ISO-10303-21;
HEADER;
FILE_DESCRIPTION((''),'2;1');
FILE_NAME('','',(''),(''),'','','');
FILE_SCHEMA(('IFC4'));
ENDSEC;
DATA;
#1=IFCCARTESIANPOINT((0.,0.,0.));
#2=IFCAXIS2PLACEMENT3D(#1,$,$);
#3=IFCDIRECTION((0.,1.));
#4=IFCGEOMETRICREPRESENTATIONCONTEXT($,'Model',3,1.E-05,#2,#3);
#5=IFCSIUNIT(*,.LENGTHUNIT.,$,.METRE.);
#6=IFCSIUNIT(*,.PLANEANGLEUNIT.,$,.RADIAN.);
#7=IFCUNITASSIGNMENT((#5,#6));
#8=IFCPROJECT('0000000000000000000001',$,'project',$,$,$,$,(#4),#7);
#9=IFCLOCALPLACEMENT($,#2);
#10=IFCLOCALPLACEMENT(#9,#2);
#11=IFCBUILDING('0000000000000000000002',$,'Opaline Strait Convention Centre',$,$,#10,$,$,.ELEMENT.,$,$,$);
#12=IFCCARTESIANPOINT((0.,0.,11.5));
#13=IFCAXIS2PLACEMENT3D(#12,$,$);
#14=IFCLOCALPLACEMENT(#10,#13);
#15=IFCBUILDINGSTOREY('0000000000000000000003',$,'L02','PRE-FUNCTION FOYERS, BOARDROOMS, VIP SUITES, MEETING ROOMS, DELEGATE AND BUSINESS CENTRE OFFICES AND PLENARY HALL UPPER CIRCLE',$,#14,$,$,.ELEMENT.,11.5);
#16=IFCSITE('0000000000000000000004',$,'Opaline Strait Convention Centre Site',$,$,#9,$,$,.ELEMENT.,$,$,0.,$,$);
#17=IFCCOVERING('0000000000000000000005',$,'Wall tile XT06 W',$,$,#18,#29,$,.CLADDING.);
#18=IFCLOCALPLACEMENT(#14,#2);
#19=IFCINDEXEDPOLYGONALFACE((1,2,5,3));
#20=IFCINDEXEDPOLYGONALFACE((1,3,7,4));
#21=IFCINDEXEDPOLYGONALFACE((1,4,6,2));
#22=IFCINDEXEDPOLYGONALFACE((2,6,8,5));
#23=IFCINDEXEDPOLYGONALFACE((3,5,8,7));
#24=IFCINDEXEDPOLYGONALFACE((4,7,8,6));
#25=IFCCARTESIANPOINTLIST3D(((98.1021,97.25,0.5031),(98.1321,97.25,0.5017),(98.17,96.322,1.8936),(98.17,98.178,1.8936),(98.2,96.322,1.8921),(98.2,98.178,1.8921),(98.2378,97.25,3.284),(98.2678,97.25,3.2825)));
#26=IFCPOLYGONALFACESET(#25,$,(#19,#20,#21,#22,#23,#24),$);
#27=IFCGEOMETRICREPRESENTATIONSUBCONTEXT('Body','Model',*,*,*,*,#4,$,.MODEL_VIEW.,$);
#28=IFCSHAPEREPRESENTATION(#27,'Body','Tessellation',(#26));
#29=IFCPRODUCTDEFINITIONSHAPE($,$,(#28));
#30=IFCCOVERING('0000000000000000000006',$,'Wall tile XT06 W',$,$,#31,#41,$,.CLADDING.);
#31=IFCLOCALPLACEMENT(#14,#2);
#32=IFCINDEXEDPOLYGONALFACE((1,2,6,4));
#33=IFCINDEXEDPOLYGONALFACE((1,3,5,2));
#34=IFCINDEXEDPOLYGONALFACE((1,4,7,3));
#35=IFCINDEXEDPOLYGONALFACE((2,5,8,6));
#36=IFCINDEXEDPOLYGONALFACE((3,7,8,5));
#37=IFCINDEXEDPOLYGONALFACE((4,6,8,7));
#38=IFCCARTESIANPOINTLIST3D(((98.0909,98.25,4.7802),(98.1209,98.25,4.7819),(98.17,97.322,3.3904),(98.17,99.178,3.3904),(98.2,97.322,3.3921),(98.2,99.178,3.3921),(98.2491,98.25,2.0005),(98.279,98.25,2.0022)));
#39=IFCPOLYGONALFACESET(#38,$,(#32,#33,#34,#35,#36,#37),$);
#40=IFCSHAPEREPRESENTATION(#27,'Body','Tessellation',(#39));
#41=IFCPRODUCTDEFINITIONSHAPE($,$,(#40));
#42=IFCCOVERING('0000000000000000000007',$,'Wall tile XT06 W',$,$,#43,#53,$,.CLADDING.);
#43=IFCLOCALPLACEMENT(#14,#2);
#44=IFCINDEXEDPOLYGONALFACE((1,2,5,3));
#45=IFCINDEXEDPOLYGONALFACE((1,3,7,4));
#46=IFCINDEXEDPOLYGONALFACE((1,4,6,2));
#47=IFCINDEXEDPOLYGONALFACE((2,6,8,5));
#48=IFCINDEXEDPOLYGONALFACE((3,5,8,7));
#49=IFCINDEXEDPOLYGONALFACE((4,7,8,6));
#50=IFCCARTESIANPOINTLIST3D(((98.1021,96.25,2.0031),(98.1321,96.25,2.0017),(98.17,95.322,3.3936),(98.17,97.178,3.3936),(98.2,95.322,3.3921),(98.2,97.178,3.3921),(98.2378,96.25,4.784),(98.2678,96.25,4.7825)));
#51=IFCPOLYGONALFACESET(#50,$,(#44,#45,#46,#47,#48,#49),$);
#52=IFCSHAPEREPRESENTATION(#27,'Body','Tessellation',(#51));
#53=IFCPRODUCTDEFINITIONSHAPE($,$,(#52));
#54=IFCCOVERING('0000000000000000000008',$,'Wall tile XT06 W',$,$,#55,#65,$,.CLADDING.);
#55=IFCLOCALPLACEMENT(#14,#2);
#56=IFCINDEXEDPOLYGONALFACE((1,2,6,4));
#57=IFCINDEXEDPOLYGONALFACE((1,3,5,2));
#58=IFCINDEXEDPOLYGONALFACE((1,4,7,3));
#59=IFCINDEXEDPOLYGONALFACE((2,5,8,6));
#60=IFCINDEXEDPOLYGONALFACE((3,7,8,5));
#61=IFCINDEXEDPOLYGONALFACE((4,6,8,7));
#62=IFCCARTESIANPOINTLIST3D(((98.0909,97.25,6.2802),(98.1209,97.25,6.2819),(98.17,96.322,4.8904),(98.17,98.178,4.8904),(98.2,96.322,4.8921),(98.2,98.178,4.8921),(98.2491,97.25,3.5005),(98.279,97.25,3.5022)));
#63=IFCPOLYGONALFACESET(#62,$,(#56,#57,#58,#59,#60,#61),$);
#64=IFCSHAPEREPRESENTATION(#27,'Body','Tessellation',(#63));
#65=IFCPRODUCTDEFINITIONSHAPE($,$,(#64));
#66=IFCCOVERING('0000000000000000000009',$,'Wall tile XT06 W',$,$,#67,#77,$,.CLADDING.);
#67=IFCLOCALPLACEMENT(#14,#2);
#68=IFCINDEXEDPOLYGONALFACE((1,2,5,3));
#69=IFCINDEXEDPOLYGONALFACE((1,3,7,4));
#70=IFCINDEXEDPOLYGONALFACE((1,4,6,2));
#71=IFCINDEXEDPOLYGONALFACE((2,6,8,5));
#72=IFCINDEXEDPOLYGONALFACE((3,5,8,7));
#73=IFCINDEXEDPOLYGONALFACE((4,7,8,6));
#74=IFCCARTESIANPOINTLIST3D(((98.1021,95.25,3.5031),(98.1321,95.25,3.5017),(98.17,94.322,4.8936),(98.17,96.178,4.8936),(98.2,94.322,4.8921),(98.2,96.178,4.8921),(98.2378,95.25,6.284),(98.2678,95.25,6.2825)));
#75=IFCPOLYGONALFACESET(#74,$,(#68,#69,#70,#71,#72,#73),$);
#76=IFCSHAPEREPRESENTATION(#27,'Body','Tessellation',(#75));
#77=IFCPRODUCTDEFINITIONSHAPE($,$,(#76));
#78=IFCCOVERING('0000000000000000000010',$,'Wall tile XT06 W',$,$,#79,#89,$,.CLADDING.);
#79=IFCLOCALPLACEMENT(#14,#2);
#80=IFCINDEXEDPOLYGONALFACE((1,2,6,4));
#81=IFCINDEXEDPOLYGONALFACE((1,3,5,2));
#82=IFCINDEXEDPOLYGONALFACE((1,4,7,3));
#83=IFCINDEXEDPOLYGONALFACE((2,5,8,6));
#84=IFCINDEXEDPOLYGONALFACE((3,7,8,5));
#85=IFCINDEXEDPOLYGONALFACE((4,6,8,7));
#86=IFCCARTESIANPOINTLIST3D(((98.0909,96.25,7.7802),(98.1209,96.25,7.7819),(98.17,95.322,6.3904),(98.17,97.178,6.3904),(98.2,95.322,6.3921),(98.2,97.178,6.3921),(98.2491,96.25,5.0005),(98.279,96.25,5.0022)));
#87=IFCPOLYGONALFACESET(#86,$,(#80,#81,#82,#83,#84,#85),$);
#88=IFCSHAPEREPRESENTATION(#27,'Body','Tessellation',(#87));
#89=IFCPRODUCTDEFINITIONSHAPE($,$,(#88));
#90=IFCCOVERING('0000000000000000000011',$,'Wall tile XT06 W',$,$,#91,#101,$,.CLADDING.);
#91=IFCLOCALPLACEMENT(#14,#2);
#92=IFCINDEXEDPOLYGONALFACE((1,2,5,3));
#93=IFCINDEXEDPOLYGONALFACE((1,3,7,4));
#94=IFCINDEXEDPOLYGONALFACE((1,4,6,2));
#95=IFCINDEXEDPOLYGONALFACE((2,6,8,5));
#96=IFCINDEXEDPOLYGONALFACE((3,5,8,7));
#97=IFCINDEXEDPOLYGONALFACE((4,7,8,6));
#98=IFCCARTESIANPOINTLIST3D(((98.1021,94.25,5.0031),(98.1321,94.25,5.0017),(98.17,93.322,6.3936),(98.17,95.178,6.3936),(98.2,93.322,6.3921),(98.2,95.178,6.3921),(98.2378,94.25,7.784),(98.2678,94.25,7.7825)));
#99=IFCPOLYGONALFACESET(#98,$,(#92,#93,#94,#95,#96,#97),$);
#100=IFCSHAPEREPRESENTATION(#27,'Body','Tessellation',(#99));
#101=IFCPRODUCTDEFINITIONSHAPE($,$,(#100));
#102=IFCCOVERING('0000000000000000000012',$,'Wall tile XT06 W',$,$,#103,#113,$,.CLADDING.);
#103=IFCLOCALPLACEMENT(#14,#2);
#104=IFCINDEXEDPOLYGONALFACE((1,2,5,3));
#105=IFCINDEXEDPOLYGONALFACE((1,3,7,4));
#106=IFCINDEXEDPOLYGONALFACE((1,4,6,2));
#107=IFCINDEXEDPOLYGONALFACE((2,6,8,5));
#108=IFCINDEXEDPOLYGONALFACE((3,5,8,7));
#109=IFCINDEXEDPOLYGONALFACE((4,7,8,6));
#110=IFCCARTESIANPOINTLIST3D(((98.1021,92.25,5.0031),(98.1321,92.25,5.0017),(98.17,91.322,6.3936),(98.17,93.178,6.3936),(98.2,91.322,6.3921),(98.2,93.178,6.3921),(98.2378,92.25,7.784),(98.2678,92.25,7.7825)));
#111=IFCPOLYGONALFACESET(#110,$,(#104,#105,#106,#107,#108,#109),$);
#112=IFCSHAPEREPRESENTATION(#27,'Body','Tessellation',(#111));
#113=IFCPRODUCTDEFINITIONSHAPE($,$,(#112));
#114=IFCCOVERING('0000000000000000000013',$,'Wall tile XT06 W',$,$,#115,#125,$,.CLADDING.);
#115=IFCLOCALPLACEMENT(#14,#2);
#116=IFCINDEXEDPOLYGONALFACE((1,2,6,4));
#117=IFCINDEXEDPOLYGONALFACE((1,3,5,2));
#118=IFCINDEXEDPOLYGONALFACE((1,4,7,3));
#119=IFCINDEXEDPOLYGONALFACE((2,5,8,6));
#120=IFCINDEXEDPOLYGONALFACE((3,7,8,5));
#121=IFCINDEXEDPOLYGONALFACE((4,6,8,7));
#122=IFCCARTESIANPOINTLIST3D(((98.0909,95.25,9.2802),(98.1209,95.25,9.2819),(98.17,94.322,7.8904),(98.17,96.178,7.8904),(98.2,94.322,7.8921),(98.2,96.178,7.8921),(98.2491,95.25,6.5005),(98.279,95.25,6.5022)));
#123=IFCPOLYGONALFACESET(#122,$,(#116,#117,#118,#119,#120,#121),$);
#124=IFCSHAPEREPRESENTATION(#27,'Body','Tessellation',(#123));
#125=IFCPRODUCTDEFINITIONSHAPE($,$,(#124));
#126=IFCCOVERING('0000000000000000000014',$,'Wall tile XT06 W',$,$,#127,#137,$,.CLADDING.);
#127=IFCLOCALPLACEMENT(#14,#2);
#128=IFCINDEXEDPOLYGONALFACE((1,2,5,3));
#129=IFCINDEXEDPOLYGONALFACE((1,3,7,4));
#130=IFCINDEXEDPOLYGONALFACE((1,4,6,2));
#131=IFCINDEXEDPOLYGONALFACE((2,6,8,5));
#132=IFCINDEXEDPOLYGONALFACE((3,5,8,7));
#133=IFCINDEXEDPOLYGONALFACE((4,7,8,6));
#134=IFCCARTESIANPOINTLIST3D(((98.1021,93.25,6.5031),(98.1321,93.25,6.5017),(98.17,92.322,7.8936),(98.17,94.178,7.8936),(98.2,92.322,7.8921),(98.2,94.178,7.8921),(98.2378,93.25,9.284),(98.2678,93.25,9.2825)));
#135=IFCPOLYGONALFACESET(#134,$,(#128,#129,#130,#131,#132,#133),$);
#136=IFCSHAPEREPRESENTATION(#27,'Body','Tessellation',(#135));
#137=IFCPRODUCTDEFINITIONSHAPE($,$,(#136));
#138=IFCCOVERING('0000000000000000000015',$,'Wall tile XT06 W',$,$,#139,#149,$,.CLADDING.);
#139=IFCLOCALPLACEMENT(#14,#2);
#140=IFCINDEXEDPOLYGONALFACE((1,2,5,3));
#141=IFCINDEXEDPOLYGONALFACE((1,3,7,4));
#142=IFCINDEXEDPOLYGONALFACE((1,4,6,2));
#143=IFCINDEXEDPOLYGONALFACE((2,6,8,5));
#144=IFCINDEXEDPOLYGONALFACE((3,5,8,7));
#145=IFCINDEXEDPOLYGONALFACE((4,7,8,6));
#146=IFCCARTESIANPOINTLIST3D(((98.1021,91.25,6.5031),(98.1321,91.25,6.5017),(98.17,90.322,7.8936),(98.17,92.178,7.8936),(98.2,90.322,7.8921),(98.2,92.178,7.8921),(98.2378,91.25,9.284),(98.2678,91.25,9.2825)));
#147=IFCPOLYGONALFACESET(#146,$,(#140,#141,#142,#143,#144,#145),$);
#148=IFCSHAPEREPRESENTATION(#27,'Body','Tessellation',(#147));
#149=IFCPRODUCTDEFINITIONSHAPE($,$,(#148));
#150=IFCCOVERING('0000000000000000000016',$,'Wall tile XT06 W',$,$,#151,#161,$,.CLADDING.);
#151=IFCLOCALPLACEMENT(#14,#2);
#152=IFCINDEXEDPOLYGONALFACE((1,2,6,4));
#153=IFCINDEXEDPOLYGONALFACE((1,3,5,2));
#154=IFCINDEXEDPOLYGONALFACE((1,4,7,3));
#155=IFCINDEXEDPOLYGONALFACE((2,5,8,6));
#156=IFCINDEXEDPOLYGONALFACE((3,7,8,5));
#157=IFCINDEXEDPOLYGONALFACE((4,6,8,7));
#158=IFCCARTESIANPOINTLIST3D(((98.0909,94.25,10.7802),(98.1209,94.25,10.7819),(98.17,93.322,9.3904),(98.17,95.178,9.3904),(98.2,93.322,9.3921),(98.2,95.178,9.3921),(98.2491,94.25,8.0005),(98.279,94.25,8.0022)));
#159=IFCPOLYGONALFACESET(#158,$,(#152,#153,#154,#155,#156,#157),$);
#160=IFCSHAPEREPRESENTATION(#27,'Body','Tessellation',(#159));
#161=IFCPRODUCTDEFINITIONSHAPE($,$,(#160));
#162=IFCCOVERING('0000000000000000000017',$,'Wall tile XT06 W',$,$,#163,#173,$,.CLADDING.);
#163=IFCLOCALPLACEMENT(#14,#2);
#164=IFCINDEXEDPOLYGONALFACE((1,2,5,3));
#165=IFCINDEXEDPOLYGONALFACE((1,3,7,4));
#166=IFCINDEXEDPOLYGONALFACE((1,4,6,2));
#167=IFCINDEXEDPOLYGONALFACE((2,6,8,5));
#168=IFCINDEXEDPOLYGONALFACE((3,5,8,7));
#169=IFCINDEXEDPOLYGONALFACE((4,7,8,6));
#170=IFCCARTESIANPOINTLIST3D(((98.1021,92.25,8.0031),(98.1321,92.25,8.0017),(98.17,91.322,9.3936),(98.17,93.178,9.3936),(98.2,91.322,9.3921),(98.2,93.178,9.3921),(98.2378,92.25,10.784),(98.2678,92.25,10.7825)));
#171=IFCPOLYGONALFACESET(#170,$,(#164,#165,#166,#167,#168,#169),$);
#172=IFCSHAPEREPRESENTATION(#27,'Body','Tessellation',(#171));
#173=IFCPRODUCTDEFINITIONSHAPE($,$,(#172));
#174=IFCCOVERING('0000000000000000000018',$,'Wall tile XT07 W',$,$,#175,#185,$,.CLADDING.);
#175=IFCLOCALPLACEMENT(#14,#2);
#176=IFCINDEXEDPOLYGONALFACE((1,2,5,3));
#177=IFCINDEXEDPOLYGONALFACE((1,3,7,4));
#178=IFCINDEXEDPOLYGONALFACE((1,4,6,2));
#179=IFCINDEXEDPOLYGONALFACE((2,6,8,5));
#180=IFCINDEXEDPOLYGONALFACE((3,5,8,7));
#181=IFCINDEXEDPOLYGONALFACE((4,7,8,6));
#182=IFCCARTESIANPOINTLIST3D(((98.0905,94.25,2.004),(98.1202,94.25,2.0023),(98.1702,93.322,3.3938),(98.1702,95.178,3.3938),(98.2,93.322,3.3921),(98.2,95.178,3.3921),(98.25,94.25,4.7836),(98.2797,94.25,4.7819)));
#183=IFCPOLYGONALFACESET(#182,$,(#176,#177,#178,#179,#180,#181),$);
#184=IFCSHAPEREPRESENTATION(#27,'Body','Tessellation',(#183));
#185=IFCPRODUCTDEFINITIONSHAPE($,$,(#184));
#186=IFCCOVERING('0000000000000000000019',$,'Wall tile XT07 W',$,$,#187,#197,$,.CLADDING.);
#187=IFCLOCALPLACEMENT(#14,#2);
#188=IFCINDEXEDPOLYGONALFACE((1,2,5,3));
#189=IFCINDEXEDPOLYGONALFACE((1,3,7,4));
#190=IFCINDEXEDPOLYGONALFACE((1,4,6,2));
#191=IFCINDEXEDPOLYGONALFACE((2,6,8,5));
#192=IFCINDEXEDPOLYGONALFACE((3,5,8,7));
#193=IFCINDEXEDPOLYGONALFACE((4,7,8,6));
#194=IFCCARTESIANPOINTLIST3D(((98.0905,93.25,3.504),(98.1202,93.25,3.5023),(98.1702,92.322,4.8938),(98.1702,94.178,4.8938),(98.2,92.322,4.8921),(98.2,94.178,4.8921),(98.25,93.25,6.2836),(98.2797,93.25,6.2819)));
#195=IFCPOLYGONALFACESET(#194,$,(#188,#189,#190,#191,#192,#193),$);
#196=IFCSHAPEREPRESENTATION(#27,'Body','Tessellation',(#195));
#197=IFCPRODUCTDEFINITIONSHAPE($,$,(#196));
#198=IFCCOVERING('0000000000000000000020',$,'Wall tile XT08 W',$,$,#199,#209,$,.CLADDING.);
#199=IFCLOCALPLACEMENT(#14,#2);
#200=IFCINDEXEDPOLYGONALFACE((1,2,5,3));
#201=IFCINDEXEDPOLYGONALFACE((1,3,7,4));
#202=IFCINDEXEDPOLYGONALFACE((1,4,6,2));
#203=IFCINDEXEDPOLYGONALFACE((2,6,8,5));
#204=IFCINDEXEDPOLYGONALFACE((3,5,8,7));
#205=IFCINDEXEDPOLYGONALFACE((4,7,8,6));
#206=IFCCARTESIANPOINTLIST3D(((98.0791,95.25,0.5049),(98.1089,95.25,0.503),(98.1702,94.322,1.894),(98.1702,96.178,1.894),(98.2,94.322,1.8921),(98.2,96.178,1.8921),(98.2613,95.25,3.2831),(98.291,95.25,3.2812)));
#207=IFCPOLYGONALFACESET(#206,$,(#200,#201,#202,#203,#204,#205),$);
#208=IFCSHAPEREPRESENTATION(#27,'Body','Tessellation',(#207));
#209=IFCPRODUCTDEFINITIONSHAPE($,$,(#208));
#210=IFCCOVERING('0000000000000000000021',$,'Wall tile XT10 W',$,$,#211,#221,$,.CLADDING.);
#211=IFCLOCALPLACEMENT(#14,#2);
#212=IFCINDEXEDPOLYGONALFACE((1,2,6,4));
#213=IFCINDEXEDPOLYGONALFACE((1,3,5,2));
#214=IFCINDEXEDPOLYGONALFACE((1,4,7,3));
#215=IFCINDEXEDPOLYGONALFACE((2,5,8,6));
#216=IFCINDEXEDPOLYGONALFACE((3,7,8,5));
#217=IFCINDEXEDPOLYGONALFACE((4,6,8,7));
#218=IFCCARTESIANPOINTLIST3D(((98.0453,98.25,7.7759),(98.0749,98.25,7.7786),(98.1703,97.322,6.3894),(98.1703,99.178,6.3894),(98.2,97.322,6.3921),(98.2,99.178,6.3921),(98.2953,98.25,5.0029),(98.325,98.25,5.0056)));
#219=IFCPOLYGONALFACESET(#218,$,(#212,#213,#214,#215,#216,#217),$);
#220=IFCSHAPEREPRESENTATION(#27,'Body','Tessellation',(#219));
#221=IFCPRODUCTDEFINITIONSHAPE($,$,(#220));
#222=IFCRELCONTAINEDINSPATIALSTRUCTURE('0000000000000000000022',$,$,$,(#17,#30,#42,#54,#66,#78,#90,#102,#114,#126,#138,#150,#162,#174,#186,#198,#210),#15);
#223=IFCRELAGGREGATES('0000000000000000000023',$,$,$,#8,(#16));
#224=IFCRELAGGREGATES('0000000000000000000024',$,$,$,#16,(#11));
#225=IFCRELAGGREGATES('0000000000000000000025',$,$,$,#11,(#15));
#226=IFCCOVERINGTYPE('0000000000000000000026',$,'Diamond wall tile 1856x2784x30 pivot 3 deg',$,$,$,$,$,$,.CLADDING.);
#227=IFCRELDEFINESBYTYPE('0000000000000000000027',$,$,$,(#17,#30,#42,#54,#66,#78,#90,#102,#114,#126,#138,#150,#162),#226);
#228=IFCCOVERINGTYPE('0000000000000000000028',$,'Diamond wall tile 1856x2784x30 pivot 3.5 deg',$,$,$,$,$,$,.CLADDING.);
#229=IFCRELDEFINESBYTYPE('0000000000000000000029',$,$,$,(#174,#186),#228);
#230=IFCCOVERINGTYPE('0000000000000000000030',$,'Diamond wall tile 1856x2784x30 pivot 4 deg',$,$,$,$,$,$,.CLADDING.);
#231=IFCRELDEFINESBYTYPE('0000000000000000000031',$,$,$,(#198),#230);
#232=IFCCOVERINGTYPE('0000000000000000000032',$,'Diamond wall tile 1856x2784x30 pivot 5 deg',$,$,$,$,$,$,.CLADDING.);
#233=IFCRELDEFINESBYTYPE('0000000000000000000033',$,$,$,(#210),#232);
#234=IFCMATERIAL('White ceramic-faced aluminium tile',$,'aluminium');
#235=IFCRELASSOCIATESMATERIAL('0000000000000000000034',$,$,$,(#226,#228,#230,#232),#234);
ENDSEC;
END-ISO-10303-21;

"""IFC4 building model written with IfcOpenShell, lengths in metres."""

from ifc_helpers import new_model, si_unit, direction, frame, origin, place, context, subcontext, project, spatial, polyline, outline, extrude, material, material_profile, profile_set, type_object, element, save


model = new_model("IFC4")

# Units and contexts
model_context = context("Model", 3, precision=1e-05, world=origin(), true_north=direction((0.0, 1.0)))
body_context = subcontext(model_context, "Body", "Model", "MODEL_VIEW")
ifc_project = project(units=[si_unit("LENGTHUNIT", "METRE"), si_unit("PLANEANGLEUNIT", "RADIAN")], contexts=[model_context])

# Site, building, storey
site_placement = place(None, origin())
site = spatial("IfcSite", under=ifc_project, at=site_placement, Name="Opaline Strait Convention Centre Site", CompositionType="ELEMENT", RefElevation=0.0)
building_placement = place(site_placement, origin())
building = spatial("IfcBuilding", under=site, at=building_placement, Name="Opaline Strait Convention Centre", CompositionType="ELEMENT")
storey_placement = place(building_placement, frame((0.0, 0.0, 11.5)))
storey = spatial("IfcBuildingStorey", under=building, at=storey_placement, Name="L02", Description="PRE-FUNCTION FOYERS, BOARDROOMS, VIP SUITES, MEETING ROOMS, DELEGATE AND BUSINESS CENTRE OFFICES AND PLENARY HALL UPPER CIRCLE", CompositionType="ELEMENT", Elevation=11.5)

# Coverings
ifc_material = material(Name="White ceramic-faced aluminium tile", Category="aluminium")
ifc_material_profile_1 = material_profile(ifc_material, outline(polyline([(0.928, 0.0), (0.0, 1.3921), (-0.928, 0.0), (0.0, -1.3921), (0.928, 0.0)])), Name="Diamond tile 1856x2784")
ifc_profile_set_1 = profile_set([ifc_material_profile_1], Name="White ceramic-faced aluminium tile")
covering_type_1 = type_object("IfcCoveringType", Name="Diamond wall tile 1856x2784x30 pivot 3 deg", PredefinedType="CLADDING", material=ifc_profile_set_1)
for number, where, z_axis, x_axis, name in (
    (1, (98.2, 97.25, 1.8921), (-0.998812, 0.0, 0.048723), (0.0, -1.0, 0.0), "Wall tile XT06 W"),
    (2, (98.2, 98.25, 3.3921), (-0.998385, 0.0, -0.056819), (0.0, -1.0, 0.0), "Wall tile XT06 W"),
    (3, (98.2, 96.25, 3.3921), (-0.998812, 0.0, 0.048723), (0.0, -1.0, 0.0), "Wall tile XT06 W"),
    (4, (98.2, 97.25, 4.8921), (-0.998385, 0.0, -0.056819), (0.0, -1.0, 0.0), "Wall tile XT06 W"),
    (5, (98.2, 95.25, 4.8921), (-0.998812, 0.0, 0.048723), (0.0, -1.0, 0.0), "Wall tile XT06 W"),
    (6, (98.2, 96.25, 6.3921), (-0.998385, 0.0, -0.056819), (0.0, -1.0, 0.0), "Wall tile XT06 W"),
    (7, (98.2, 94.25, 6.3921), (-0.998812, 0.0, 0.048723), (0.0, -1.0, 0.0), "Wall tile XT06 W"),
    (8, (98.2, 92.25, 6.3921), (-0.998812, 0.0, 0.048723), (0.0, -1.0, 0.0), "Wall tile XT06 W"),
    (9, (98.2, 95.25, 7.8921), (-0.998385, 0.0, -0.056819), (0.0, -1.0, 0.0), "Wall tile XT06 W"),
    (10, (98.2, 93.25, 7.8921), (-0.998812, 0.0, 0.048723), (0.0, -1.0, 0.0), "Wall tile XT06 W"),
    (11, (98.2, 91.25, 7.8921), (-0.998812, 0.0, 0.048723), (0.0, -1.0, 0.0), "Wall tile XT06 W"),
    (12, (98.2, 94.25, 9.3921), (-0.998385, 0.0, -0.056819), (0.0, -1.0, 0.0), "Wall tile XT06 W"),
    (13, (98.2, 92.25, 9.3921), (-0.998812, 0.0, 0.048723), (0.0, -1.0, 0.0), "Wall tile XT06 W"),
):
    element("IfcCovering", number, at=place(storey_placement, frame(where, z_axis=z_axis, x_axis=x_axis)), inside=storey, type_object=covering_type_1, Name=name, PredefinedType="CLADDING", context=body_context, shape_type="SweptSolid", body=[
        extrude(outline(polyline([(0.928, 0.0), (0.0, 1.3921), (-0.928, 0.0), (0.0, -1.3921), (0.928, 0.0)])), origin(), (0.0, 0.0, 1.0), 0.03),
    ])
ifc_material_profile_2 = material_profile(ifc_material, outline(polyline([(0.928, 0.0), (0.0, 1.3921), (-0.928, 0.0), (0.0, -1.3921), (0.928, 0.0)])), Name="Diamond tile 1856x2784")
ifc_profile_set_2 = profile_set([ifc_material_profile_2], Name="White ceramic-faced aluminium tile")
covering_type_2 = type_object("IfcCoveringType", Name="Diamond wall tile 1856x2784x30 pivot 3.5 deg", PredefinedType="CLADDING", material=ifc_profile_set_2)
for number, where, z_axis, x_axis, name in (
    (14, (98.2, 94.25, 3.3921), (-0.998358, 0.0, 0.057283), (0.0, -1.0, 0.0), "Wall tile XT07 W"),
    (15, (98.2, 93.25, 4.8921), (-0.998358, 0.0, 0.057283), (0.0, -1.0, 0.0), "Wall tile XT07 W"),
):
    element("IfcCovering", number, at=place(storey_placement, frame(where, z_axis=z_axis, x_axis=x_axis)), inside=storey, type_object=covering_type_2, Name=name, PredefinedType="CLADDING", context=body_context, shape_type="SweptSolid", body=[
        extrude(outline(polyline([(0.928, 0.0), (0.0, 1.3921), (-0.928, 0.0), (0.0, -1.3921), (0.928, 0.0)])), origin(), (0.0, 0.0, 1.0), 0.0298),
    ])
ifc_material_profile_3 = material_profile(ifc_material, outline(polyline([(0.928, 0.0), (0.0, 1.3921), (-0.928, 0.0), (0.0, -1.3921), (0.928, 0.0)])), Name="Diamond tile 1856x2784")
ifc_profile_set_3 = profile_set([ifc_material_profile_3], Name="White ceramic-faced aluminium tile")
covering_type_3 = type_object("IfcCoveringType", Name="Diamond wall tile 1856x2784x30 pivot 4 deg", PredefinedType="CLADDING", material=ifc_profile_set_3)
covering_1_placement = place(storey_placement, frame((98.2, 95.25, 1.8921), z_axis=(-0.997857, 0.0, 0.065433), x_axis=(0.0, -1.0, 0.0)))
element("IfcCovering", 16, at=covering_1_placement, inside=storey, type_object=covering_type_3, Name="Wall tile XT08 W", PredefinedType="CLADDING", context=body_context, shape_type="SweptSolid", body=[
    extrude(outline(polyline([(0.928, 0.0), (0.0, 1.3921), (-0.928, 0.0), (0.0, -1.3921), (0.928, 0.0)])), origin(), (0.0, 0.0, 1.0), 0.0298),
])
ifc_material_profile_4 = material_profile(ifc_material, outline(polyline([(0.928, 0.0), (0.0, 1.3921), (-0.928, 0.0), (0.0, -1.3921), (0.928, 0.0)])), Name="Diamond tile 1856x2784")
ifc_profile_set_4 = profile_set([ifc_material_profile_4], Name="White ceramic-faced aluminium tile")
covering_type_4 = type_object("IfcCoveringType", Name="Diamond wall tile 1856x2784x30 pivot 5 deg", PredefinedType="CLADDING", material=ifc_profile_set_4)
for number, where, z_axis, x_axis, name in (
    (17, (98.2, 98.25, 6.3921), (-0.99596, 0.0, -0.0898), (0.0, -1.0, 0.0), "Wall tile XT10 W"),
):
    element("IfcCovering", number, at=place(storey_placement, frame(where, z_axis=z_axis, x_axis=x_axis)), inside=storey, type_object=covering_type_4, Name=name, PredefinedType="CLADDING", context=body_context, shape_type="SweptSolid", body=[
        extrude(outline(polyline([(0.928, 0.0), (0.0, 1.3921), (-0.928, 0.0), (0.0, -1.3921), (0.928, 0.0)])), origin(), (0.0, 0.0, 1.0), 0.0298),
    ])

save(model, "model.ifc")
